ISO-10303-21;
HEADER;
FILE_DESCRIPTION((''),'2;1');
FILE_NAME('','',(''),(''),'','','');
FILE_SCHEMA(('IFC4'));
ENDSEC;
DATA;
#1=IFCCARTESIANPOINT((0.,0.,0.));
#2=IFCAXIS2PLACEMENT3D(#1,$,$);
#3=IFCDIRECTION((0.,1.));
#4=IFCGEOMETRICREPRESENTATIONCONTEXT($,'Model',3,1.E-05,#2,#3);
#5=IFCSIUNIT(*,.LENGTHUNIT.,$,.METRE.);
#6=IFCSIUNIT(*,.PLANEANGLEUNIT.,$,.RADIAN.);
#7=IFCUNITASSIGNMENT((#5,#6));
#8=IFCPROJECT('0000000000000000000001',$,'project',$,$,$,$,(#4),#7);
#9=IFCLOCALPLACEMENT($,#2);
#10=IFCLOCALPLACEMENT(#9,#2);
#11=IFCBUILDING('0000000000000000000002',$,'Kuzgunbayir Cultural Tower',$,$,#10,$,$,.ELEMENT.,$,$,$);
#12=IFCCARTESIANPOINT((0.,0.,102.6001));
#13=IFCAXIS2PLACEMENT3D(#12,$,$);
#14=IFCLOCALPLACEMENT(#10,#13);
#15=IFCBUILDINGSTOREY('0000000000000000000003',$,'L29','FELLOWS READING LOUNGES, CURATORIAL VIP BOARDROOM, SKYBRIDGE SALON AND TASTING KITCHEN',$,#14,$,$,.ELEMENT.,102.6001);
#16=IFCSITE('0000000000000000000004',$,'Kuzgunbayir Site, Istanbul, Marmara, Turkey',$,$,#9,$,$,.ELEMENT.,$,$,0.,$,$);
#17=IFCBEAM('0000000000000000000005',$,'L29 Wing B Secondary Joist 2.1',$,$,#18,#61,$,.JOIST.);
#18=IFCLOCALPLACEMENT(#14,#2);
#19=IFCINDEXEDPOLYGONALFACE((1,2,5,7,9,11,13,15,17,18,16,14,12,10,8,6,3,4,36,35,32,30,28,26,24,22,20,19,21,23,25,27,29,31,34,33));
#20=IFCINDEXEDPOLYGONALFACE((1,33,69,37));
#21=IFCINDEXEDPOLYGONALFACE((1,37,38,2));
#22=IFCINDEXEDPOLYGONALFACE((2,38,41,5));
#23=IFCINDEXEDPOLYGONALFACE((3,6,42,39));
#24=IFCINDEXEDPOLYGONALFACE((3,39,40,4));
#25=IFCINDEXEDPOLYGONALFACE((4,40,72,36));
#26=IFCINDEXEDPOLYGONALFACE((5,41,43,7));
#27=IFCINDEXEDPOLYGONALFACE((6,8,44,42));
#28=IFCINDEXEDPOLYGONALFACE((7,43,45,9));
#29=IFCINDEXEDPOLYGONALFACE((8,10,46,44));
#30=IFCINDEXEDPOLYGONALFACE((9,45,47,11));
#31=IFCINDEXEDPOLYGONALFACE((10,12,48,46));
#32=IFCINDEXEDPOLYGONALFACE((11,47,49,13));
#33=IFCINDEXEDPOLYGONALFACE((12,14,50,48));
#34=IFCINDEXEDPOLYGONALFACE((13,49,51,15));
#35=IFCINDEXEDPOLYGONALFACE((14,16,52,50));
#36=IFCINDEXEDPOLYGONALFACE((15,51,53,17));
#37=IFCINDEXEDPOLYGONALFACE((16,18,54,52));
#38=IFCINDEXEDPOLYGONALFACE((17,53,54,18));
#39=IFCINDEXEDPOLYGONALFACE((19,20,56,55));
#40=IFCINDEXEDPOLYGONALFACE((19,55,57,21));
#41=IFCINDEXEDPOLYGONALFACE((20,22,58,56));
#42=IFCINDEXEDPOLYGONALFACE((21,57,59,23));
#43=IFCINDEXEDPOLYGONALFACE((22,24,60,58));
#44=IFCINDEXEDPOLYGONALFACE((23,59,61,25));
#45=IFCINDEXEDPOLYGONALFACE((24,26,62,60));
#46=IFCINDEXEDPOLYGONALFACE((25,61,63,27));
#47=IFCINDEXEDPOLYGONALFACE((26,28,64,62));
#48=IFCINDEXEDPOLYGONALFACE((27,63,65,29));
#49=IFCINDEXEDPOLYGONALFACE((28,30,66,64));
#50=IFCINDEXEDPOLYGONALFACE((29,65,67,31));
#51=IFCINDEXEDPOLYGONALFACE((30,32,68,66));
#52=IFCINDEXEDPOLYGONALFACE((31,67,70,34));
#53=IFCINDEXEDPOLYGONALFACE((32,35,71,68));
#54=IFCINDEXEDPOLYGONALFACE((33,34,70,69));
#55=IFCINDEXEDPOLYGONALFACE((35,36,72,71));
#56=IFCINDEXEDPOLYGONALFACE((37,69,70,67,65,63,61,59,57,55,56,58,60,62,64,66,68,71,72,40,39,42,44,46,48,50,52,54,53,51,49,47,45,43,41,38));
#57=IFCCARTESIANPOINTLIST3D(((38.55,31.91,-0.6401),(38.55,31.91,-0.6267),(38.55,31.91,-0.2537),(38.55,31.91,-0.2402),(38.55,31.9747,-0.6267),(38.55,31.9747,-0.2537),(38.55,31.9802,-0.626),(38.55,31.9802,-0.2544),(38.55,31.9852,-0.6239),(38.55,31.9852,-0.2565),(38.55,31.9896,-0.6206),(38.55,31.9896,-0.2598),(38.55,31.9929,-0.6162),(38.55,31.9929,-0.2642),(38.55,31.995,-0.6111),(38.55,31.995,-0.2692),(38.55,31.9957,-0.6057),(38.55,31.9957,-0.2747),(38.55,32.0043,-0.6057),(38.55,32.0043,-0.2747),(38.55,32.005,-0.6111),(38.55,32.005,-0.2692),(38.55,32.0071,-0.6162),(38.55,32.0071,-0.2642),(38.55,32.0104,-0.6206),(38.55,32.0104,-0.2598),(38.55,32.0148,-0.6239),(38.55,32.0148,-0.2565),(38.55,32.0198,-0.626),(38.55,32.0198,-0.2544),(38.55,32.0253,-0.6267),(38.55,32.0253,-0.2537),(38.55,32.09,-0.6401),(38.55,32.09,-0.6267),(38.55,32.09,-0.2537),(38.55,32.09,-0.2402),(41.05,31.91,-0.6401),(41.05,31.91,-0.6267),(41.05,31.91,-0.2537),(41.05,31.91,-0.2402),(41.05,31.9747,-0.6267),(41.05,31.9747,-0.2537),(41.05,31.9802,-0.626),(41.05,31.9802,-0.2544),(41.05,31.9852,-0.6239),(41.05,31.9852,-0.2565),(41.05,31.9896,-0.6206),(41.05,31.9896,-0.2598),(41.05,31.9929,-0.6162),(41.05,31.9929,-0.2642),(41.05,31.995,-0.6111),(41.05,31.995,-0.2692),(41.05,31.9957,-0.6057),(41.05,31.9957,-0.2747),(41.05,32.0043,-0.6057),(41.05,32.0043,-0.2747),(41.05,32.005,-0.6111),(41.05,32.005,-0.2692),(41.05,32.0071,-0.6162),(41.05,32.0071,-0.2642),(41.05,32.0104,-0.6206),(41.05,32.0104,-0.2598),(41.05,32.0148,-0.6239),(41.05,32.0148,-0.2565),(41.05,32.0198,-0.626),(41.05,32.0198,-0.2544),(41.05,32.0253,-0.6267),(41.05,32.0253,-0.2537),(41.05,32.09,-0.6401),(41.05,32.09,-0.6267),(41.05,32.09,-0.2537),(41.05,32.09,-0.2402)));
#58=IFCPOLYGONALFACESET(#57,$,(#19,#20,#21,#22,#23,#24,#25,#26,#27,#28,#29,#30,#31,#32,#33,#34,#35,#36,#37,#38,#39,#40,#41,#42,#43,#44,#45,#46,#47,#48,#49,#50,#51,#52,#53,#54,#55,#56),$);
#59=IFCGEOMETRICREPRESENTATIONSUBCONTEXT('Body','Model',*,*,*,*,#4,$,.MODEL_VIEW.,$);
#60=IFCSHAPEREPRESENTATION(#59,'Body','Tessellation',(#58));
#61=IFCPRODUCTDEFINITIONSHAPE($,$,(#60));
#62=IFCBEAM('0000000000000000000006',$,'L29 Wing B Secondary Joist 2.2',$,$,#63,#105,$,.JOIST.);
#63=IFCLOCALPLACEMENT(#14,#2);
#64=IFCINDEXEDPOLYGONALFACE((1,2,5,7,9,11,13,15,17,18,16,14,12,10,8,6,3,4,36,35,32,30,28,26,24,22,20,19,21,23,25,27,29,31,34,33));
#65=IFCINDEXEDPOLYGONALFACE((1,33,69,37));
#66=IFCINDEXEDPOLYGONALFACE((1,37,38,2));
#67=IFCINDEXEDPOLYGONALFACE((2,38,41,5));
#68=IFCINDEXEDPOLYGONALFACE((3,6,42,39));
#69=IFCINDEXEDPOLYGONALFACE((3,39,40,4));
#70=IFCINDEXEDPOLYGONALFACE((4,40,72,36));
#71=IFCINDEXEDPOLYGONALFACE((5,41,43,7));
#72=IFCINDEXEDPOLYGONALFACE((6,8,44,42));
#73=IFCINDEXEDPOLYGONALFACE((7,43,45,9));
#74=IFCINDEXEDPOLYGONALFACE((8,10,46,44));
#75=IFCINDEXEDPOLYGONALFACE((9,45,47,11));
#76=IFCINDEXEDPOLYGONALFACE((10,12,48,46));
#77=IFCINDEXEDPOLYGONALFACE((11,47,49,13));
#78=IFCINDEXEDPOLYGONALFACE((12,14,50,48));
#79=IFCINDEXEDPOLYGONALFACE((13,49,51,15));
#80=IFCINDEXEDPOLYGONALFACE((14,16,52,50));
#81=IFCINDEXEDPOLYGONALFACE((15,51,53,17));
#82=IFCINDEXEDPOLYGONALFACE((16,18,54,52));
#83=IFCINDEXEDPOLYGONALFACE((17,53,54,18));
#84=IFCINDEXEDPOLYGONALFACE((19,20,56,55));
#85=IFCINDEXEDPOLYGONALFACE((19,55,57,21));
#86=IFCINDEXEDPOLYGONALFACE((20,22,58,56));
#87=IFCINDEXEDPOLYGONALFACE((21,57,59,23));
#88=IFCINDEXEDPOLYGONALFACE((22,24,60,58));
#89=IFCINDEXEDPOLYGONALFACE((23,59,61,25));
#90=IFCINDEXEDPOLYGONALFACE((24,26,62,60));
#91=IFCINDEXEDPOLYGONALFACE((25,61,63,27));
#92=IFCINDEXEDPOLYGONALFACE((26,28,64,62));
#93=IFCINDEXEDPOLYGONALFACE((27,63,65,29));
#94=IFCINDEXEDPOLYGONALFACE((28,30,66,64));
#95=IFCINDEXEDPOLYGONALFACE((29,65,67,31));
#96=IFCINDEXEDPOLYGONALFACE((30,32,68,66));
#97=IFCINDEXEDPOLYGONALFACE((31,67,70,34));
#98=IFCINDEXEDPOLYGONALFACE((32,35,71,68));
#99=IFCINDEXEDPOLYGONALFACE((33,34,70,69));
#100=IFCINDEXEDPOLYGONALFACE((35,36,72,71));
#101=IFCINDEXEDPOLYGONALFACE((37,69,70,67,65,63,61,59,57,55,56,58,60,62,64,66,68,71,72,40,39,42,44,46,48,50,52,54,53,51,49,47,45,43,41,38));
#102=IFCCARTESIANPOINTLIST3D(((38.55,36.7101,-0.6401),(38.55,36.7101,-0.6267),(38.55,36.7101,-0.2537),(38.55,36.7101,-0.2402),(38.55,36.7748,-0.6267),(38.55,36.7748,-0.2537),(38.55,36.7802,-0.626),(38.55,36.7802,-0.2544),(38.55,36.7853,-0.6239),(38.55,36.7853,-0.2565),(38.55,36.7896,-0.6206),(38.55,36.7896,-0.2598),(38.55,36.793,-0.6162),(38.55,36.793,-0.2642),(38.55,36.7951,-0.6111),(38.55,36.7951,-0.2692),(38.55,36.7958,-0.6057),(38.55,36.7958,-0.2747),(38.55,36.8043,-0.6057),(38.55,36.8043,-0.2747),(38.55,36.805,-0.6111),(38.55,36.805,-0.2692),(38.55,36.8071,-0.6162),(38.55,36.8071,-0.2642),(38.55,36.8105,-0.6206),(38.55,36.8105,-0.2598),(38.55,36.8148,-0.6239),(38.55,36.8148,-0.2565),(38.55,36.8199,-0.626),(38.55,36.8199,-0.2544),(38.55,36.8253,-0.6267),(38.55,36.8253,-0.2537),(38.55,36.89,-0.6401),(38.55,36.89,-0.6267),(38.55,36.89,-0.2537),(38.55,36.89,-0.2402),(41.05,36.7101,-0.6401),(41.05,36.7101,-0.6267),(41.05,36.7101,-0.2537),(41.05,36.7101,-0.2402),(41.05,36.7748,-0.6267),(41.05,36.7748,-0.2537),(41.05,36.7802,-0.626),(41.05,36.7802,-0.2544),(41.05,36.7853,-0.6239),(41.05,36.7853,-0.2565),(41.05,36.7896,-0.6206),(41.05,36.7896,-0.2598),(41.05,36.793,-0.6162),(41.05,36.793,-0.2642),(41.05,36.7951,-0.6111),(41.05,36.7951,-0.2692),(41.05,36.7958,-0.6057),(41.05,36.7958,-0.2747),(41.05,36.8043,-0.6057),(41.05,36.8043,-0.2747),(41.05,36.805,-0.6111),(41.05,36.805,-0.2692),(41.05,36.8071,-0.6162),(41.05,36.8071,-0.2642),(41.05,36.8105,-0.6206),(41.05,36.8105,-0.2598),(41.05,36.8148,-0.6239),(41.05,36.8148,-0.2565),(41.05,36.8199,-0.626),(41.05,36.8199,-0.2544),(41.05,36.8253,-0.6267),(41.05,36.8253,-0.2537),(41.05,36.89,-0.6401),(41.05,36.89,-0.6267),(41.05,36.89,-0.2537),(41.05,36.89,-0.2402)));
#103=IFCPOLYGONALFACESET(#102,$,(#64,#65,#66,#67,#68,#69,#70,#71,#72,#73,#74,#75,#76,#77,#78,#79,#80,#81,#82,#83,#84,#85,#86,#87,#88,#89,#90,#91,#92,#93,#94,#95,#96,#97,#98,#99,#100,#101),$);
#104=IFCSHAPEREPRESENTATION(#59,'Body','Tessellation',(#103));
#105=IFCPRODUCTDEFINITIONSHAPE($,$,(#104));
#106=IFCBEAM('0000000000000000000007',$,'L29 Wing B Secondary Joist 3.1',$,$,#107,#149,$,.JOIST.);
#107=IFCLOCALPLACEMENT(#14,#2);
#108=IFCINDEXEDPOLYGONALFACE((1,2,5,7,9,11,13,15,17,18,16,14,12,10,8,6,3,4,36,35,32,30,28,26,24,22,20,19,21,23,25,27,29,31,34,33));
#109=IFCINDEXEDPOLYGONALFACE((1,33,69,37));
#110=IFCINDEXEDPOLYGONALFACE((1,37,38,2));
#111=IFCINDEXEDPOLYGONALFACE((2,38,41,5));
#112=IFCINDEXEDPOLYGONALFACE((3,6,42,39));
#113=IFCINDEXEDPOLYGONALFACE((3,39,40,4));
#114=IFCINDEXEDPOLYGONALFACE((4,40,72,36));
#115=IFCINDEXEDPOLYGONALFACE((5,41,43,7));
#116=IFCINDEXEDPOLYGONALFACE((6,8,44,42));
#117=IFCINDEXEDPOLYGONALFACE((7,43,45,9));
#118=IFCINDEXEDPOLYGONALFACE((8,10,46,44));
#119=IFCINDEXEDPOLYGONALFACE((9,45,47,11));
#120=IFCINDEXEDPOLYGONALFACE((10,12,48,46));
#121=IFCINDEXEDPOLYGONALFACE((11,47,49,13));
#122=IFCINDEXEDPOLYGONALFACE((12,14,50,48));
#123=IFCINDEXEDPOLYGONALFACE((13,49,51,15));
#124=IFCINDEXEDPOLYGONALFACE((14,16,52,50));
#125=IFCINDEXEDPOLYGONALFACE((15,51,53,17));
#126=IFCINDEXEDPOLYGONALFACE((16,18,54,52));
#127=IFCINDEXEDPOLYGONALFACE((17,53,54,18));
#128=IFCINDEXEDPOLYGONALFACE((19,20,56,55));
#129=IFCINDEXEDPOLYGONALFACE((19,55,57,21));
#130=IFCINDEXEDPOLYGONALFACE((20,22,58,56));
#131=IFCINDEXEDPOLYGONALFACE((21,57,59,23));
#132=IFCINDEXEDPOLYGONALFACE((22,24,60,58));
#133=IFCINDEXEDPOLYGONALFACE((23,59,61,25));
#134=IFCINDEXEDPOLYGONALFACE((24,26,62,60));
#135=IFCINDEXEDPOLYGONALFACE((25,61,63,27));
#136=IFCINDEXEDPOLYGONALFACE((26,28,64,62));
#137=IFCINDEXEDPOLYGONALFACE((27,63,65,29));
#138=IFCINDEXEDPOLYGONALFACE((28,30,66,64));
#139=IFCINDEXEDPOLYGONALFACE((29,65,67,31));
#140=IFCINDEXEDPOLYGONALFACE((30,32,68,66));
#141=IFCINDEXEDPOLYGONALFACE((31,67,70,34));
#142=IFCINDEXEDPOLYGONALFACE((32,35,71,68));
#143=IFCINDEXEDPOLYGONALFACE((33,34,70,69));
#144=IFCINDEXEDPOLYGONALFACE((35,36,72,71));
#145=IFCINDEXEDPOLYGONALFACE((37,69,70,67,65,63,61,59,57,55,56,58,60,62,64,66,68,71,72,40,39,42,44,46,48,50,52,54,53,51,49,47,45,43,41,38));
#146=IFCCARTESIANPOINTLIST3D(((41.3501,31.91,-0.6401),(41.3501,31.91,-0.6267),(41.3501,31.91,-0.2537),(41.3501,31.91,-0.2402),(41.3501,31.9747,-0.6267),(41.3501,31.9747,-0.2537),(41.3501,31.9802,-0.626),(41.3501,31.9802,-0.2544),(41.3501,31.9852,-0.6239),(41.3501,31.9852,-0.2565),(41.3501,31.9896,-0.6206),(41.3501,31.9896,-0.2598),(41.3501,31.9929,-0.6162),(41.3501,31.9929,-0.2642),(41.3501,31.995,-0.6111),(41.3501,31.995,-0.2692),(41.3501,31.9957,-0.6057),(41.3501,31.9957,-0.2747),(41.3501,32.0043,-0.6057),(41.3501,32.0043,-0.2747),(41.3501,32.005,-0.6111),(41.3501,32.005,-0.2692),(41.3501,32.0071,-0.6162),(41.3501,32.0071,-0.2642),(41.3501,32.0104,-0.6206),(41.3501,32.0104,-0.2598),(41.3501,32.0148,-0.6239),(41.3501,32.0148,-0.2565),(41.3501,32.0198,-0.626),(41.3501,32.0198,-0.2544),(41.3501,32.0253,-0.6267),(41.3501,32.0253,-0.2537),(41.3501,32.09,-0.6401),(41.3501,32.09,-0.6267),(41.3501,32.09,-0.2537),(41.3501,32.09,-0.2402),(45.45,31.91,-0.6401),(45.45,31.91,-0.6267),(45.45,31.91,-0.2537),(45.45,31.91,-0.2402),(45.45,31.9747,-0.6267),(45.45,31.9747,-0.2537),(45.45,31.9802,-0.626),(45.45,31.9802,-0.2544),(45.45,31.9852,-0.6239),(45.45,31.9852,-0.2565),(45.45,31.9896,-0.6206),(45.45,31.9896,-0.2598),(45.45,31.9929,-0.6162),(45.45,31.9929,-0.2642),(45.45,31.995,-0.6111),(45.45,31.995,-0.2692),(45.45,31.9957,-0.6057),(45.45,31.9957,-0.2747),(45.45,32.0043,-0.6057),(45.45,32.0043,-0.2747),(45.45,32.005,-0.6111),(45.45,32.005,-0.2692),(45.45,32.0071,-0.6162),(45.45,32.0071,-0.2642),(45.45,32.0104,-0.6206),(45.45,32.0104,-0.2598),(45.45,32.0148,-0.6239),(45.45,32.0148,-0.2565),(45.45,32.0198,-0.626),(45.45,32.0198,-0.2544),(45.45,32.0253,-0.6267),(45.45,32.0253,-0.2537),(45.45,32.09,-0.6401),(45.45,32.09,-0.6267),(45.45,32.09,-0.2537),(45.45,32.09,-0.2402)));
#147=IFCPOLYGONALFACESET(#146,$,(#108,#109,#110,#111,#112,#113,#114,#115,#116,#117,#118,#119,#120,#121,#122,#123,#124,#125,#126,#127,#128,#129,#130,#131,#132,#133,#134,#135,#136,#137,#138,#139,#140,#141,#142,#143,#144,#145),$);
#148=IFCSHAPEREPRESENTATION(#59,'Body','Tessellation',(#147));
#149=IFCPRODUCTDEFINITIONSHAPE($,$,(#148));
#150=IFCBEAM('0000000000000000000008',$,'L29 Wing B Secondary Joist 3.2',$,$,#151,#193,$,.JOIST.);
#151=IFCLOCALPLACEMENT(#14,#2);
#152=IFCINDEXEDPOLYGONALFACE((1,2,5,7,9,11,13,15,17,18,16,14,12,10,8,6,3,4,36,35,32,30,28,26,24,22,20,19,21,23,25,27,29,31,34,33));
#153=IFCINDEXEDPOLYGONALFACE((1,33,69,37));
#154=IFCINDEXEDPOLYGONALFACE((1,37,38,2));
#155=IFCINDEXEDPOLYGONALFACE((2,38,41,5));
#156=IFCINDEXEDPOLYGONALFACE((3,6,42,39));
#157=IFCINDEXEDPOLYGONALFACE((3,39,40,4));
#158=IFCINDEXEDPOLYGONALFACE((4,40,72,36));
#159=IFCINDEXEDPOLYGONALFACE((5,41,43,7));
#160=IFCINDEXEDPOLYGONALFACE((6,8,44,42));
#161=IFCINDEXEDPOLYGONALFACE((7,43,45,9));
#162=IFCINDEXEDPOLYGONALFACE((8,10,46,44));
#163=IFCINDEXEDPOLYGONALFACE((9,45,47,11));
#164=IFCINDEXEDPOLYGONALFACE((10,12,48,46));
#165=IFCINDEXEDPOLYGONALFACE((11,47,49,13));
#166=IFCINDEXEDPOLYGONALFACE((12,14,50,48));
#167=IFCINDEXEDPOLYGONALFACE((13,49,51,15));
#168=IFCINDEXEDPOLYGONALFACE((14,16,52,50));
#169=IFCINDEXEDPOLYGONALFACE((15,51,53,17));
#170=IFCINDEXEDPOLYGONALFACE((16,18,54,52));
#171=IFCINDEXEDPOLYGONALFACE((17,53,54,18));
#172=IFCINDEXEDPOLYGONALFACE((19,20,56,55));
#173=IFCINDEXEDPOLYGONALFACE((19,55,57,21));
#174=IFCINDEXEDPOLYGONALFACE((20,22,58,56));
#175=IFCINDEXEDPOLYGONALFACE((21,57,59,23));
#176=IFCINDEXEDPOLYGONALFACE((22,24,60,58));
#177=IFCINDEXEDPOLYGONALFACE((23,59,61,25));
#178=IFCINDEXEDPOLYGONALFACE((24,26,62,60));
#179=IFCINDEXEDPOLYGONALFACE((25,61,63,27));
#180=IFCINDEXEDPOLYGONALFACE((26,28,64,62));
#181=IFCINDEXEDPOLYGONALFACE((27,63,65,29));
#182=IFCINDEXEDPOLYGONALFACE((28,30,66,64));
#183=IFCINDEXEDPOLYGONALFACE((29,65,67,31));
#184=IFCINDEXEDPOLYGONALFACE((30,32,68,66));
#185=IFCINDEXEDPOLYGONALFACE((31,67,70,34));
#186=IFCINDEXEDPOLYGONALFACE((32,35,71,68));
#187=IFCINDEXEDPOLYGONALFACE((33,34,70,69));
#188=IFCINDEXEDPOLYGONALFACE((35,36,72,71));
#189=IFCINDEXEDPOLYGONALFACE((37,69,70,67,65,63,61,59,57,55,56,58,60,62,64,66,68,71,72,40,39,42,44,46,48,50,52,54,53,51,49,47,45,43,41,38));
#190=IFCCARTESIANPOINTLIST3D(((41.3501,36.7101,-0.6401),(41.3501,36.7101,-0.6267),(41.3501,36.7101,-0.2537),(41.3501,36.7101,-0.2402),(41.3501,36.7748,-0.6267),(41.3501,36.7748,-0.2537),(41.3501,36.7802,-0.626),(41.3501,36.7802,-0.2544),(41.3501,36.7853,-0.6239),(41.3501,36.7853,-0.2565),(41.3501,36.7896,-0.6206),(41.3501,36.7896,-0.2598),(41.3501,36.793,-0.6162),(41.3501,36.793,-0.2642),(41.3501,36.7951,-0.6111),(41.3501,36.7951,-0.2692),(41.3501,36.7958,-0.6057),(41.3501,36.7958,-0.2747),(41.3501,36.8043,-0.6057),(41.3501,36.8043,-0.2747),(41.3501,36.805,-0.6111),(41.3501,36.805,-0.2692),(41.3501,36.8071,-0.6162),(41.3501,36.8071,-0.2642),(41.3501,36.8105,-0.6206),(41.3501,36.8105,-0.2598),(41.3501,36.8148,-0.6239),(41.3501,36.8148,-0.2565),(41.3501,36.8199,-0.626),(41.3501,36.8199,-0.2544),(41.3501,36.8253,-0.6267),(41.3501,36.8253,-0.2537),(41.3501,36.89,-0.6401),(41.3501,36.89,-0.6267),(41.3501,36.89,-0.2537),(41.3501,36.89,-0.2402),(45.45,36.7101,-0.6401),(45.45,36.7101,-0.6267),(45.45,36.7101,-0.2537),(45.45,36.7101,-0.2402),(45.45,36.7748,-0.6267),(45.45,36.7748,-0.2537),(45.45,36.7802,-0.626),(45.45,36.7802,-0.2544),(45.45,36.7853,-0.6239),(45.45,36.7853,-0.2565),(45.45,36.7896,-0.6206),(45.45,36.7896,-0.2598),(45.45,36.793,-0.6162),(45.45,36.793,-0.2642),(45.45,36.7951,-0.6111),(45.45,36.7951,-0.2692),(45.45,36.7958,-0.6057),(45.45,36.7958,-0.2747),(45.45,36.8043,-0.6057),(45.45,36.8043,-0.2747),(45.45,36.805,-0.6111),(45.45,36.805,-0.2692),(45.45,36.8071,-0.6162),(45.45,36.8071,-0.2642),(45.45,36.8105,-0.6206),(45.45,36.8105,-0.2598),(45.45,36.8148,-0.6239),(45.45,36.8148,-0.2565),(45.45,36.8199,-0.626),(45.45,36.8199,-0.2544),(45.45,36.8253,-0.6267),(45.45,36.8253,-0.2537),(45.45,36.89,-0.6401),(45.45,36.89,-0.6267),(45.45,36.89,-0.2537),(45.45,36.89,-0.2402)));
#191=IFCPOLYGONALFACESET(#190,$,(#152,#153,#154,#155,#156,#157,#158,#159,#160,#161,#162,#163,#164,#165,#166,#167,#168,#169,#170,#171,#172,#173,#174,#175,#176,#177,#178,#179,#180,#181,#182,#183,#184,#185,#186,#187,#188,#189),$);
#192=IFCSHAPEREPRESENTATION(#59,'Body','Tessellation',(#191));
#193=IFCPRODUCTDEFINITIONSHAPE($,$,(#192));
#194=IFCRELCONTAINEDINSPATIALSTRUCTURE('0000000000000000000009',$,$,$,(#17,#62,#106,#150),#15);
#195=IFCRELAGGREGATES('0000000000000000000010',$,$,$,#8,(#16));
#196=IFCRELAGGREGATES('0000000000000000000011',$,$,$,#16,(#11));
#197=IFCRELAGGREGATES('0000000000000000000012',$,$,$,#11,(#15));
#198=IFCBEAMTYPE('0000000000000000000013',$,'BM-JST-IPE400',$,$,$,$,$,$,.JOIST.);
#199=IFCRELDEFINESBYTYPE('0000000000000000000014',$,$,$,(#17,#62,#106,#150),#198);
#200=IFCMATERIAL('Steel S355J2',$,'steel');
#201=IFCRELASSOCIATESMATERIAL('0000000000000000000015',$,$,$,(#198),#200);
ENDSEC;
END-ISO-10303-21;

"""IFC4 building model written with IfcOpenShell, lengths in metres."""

from ifc_helpers import new_model, si_unit, direction, frame, origin, origin_2d, place, context, subcontext, project, spatial, i_section, extrude, material, material_profile, profile_set, type_object, element, save


model = new_model("IFC4")

# Units and contexts
model_context = context("Model", 3, precision=1e-05, world=origin(), true_north=direction((0.0, 1.0)))
body_context = subcontext(model_context, "Body", "Model", "MODEL_VIEW")
ifc_project = project(units=[si_unit("LENGTHUNIT", "METRE"), si_unit("PLANEANGLEUNIT", "RADIAN")], contexts=[model_context])

# Site, building, storey
site_placement = place(None, origin())
site = spatial("IfcSite", under=ifc_project, at=site_placement, Name="Kuzgunbayir Site, Istanbul, Marmara, Turkey", CompositionType="ELEMENT", RefElevation=0.0)
building_placement = place(site_placement, origin())
building = spatial("IfcBuilding", under=site, at=building_placement, Name="Kuzgunbayir Cultural Tower", CompositionType="ELEMENT")
storey_placement = place(building_placement, frame((0.0, 0.0, 102.6001)))
storey = spatial("IfcBuildingStorey", under=building, at=storey_placement, Name="L29", Description="FELLOWS READING LOUNGES, CURATORIAL VIP BOARDROOM, SKYBRIDGE SALON AND TASTING KITCHEN", CompositionType="ELEMENT", Elevation=102.6001)

# Beams
ifc_material_1 = material(Name="Steel S355J2", Category="steel")
ifc_material_profile_1 = material_profile(ifc_material_1, i_section(OverallWidth=0.1799, OverallDepth=0.3999, WebThickness=0.0085, FlangeThickness=0.0134, FilletRadius=0.021, at=origin_2d()), Name="IPE 400")
ifc_profile_set_1 = profile_set([ifc_material_profile_1], Name="Steel S355J2")
beam_type_1 = type_object("IfcBeamType", Name="BM-JST-IPE400", PredefinedType="JOIST", material=ifc_profile_set_1)
for number, where, z_axis, x_axis, name in (
    (1, (38.55, 32.0, -0.4402), (1.0, 0.0, 0.0), (0.0, 1.0, 0.0), "L29 Wing B Secondary Joist 2.1"),
    (2, (38.55, 36.8, -0.4402), (1.0, 0.0, 0.0), (0.0, 1.0, 0.0), "L29 Wing B Secondary Joist 2.2"),
):
    element("IfcBeam", number, at=place(storey_placement, frame(where, z_axis=z_axis, x_axis=x_axis)), inside=storey, type_object=beam_type_1, Name=name, PredefinedType="JOIST", context=body_context, shape_type="SweptSolid", body=[
        extrude(i_section(OverallWidth=0.1799, OverallDepth=0.3999, WebThickness=0.0085, FlangeThickness=0.0134, FilletRadius=0.021, at=origin_2d()), origin(), (0.0, 0.0, 1.0), 2.5),
    ])
for number, where, z_axis, x_axis, name in (
    (3, (41.3501, 32.0, -0.4402), (1.0, 0.0, 0.0), (0.0, 1.0, 0.0), "L29 Wing B Secondary Joist 3.1"),
    (4, (41.3501, 36.8, -0.4402), (1.0, 0.0, 0.0), (0.0, 1.0, 0.0), "L29 Wing B Secondary Joist 3.2"),
):
    element("IfcBeam", number, at=place(storey_placement, frame(where, z_axis=z_axis, x_axis=x_axis)), inside=storey, type_object=beam_type_1, Name=name, PredefinedType="JOIST", context=body_context, shape_type="SweptSolid", body=[
        extrude(i_section(OverallWidth=0.1799, OverallDepth=0.3999, WebThickness=0.0085, FlangeThickness=0.0134, FilletRadius=0.021, at=origin_2d()), origin(), (0.0, 0.0, 1.0), 4.0999),
    ])

save(model, "model.ifc")
